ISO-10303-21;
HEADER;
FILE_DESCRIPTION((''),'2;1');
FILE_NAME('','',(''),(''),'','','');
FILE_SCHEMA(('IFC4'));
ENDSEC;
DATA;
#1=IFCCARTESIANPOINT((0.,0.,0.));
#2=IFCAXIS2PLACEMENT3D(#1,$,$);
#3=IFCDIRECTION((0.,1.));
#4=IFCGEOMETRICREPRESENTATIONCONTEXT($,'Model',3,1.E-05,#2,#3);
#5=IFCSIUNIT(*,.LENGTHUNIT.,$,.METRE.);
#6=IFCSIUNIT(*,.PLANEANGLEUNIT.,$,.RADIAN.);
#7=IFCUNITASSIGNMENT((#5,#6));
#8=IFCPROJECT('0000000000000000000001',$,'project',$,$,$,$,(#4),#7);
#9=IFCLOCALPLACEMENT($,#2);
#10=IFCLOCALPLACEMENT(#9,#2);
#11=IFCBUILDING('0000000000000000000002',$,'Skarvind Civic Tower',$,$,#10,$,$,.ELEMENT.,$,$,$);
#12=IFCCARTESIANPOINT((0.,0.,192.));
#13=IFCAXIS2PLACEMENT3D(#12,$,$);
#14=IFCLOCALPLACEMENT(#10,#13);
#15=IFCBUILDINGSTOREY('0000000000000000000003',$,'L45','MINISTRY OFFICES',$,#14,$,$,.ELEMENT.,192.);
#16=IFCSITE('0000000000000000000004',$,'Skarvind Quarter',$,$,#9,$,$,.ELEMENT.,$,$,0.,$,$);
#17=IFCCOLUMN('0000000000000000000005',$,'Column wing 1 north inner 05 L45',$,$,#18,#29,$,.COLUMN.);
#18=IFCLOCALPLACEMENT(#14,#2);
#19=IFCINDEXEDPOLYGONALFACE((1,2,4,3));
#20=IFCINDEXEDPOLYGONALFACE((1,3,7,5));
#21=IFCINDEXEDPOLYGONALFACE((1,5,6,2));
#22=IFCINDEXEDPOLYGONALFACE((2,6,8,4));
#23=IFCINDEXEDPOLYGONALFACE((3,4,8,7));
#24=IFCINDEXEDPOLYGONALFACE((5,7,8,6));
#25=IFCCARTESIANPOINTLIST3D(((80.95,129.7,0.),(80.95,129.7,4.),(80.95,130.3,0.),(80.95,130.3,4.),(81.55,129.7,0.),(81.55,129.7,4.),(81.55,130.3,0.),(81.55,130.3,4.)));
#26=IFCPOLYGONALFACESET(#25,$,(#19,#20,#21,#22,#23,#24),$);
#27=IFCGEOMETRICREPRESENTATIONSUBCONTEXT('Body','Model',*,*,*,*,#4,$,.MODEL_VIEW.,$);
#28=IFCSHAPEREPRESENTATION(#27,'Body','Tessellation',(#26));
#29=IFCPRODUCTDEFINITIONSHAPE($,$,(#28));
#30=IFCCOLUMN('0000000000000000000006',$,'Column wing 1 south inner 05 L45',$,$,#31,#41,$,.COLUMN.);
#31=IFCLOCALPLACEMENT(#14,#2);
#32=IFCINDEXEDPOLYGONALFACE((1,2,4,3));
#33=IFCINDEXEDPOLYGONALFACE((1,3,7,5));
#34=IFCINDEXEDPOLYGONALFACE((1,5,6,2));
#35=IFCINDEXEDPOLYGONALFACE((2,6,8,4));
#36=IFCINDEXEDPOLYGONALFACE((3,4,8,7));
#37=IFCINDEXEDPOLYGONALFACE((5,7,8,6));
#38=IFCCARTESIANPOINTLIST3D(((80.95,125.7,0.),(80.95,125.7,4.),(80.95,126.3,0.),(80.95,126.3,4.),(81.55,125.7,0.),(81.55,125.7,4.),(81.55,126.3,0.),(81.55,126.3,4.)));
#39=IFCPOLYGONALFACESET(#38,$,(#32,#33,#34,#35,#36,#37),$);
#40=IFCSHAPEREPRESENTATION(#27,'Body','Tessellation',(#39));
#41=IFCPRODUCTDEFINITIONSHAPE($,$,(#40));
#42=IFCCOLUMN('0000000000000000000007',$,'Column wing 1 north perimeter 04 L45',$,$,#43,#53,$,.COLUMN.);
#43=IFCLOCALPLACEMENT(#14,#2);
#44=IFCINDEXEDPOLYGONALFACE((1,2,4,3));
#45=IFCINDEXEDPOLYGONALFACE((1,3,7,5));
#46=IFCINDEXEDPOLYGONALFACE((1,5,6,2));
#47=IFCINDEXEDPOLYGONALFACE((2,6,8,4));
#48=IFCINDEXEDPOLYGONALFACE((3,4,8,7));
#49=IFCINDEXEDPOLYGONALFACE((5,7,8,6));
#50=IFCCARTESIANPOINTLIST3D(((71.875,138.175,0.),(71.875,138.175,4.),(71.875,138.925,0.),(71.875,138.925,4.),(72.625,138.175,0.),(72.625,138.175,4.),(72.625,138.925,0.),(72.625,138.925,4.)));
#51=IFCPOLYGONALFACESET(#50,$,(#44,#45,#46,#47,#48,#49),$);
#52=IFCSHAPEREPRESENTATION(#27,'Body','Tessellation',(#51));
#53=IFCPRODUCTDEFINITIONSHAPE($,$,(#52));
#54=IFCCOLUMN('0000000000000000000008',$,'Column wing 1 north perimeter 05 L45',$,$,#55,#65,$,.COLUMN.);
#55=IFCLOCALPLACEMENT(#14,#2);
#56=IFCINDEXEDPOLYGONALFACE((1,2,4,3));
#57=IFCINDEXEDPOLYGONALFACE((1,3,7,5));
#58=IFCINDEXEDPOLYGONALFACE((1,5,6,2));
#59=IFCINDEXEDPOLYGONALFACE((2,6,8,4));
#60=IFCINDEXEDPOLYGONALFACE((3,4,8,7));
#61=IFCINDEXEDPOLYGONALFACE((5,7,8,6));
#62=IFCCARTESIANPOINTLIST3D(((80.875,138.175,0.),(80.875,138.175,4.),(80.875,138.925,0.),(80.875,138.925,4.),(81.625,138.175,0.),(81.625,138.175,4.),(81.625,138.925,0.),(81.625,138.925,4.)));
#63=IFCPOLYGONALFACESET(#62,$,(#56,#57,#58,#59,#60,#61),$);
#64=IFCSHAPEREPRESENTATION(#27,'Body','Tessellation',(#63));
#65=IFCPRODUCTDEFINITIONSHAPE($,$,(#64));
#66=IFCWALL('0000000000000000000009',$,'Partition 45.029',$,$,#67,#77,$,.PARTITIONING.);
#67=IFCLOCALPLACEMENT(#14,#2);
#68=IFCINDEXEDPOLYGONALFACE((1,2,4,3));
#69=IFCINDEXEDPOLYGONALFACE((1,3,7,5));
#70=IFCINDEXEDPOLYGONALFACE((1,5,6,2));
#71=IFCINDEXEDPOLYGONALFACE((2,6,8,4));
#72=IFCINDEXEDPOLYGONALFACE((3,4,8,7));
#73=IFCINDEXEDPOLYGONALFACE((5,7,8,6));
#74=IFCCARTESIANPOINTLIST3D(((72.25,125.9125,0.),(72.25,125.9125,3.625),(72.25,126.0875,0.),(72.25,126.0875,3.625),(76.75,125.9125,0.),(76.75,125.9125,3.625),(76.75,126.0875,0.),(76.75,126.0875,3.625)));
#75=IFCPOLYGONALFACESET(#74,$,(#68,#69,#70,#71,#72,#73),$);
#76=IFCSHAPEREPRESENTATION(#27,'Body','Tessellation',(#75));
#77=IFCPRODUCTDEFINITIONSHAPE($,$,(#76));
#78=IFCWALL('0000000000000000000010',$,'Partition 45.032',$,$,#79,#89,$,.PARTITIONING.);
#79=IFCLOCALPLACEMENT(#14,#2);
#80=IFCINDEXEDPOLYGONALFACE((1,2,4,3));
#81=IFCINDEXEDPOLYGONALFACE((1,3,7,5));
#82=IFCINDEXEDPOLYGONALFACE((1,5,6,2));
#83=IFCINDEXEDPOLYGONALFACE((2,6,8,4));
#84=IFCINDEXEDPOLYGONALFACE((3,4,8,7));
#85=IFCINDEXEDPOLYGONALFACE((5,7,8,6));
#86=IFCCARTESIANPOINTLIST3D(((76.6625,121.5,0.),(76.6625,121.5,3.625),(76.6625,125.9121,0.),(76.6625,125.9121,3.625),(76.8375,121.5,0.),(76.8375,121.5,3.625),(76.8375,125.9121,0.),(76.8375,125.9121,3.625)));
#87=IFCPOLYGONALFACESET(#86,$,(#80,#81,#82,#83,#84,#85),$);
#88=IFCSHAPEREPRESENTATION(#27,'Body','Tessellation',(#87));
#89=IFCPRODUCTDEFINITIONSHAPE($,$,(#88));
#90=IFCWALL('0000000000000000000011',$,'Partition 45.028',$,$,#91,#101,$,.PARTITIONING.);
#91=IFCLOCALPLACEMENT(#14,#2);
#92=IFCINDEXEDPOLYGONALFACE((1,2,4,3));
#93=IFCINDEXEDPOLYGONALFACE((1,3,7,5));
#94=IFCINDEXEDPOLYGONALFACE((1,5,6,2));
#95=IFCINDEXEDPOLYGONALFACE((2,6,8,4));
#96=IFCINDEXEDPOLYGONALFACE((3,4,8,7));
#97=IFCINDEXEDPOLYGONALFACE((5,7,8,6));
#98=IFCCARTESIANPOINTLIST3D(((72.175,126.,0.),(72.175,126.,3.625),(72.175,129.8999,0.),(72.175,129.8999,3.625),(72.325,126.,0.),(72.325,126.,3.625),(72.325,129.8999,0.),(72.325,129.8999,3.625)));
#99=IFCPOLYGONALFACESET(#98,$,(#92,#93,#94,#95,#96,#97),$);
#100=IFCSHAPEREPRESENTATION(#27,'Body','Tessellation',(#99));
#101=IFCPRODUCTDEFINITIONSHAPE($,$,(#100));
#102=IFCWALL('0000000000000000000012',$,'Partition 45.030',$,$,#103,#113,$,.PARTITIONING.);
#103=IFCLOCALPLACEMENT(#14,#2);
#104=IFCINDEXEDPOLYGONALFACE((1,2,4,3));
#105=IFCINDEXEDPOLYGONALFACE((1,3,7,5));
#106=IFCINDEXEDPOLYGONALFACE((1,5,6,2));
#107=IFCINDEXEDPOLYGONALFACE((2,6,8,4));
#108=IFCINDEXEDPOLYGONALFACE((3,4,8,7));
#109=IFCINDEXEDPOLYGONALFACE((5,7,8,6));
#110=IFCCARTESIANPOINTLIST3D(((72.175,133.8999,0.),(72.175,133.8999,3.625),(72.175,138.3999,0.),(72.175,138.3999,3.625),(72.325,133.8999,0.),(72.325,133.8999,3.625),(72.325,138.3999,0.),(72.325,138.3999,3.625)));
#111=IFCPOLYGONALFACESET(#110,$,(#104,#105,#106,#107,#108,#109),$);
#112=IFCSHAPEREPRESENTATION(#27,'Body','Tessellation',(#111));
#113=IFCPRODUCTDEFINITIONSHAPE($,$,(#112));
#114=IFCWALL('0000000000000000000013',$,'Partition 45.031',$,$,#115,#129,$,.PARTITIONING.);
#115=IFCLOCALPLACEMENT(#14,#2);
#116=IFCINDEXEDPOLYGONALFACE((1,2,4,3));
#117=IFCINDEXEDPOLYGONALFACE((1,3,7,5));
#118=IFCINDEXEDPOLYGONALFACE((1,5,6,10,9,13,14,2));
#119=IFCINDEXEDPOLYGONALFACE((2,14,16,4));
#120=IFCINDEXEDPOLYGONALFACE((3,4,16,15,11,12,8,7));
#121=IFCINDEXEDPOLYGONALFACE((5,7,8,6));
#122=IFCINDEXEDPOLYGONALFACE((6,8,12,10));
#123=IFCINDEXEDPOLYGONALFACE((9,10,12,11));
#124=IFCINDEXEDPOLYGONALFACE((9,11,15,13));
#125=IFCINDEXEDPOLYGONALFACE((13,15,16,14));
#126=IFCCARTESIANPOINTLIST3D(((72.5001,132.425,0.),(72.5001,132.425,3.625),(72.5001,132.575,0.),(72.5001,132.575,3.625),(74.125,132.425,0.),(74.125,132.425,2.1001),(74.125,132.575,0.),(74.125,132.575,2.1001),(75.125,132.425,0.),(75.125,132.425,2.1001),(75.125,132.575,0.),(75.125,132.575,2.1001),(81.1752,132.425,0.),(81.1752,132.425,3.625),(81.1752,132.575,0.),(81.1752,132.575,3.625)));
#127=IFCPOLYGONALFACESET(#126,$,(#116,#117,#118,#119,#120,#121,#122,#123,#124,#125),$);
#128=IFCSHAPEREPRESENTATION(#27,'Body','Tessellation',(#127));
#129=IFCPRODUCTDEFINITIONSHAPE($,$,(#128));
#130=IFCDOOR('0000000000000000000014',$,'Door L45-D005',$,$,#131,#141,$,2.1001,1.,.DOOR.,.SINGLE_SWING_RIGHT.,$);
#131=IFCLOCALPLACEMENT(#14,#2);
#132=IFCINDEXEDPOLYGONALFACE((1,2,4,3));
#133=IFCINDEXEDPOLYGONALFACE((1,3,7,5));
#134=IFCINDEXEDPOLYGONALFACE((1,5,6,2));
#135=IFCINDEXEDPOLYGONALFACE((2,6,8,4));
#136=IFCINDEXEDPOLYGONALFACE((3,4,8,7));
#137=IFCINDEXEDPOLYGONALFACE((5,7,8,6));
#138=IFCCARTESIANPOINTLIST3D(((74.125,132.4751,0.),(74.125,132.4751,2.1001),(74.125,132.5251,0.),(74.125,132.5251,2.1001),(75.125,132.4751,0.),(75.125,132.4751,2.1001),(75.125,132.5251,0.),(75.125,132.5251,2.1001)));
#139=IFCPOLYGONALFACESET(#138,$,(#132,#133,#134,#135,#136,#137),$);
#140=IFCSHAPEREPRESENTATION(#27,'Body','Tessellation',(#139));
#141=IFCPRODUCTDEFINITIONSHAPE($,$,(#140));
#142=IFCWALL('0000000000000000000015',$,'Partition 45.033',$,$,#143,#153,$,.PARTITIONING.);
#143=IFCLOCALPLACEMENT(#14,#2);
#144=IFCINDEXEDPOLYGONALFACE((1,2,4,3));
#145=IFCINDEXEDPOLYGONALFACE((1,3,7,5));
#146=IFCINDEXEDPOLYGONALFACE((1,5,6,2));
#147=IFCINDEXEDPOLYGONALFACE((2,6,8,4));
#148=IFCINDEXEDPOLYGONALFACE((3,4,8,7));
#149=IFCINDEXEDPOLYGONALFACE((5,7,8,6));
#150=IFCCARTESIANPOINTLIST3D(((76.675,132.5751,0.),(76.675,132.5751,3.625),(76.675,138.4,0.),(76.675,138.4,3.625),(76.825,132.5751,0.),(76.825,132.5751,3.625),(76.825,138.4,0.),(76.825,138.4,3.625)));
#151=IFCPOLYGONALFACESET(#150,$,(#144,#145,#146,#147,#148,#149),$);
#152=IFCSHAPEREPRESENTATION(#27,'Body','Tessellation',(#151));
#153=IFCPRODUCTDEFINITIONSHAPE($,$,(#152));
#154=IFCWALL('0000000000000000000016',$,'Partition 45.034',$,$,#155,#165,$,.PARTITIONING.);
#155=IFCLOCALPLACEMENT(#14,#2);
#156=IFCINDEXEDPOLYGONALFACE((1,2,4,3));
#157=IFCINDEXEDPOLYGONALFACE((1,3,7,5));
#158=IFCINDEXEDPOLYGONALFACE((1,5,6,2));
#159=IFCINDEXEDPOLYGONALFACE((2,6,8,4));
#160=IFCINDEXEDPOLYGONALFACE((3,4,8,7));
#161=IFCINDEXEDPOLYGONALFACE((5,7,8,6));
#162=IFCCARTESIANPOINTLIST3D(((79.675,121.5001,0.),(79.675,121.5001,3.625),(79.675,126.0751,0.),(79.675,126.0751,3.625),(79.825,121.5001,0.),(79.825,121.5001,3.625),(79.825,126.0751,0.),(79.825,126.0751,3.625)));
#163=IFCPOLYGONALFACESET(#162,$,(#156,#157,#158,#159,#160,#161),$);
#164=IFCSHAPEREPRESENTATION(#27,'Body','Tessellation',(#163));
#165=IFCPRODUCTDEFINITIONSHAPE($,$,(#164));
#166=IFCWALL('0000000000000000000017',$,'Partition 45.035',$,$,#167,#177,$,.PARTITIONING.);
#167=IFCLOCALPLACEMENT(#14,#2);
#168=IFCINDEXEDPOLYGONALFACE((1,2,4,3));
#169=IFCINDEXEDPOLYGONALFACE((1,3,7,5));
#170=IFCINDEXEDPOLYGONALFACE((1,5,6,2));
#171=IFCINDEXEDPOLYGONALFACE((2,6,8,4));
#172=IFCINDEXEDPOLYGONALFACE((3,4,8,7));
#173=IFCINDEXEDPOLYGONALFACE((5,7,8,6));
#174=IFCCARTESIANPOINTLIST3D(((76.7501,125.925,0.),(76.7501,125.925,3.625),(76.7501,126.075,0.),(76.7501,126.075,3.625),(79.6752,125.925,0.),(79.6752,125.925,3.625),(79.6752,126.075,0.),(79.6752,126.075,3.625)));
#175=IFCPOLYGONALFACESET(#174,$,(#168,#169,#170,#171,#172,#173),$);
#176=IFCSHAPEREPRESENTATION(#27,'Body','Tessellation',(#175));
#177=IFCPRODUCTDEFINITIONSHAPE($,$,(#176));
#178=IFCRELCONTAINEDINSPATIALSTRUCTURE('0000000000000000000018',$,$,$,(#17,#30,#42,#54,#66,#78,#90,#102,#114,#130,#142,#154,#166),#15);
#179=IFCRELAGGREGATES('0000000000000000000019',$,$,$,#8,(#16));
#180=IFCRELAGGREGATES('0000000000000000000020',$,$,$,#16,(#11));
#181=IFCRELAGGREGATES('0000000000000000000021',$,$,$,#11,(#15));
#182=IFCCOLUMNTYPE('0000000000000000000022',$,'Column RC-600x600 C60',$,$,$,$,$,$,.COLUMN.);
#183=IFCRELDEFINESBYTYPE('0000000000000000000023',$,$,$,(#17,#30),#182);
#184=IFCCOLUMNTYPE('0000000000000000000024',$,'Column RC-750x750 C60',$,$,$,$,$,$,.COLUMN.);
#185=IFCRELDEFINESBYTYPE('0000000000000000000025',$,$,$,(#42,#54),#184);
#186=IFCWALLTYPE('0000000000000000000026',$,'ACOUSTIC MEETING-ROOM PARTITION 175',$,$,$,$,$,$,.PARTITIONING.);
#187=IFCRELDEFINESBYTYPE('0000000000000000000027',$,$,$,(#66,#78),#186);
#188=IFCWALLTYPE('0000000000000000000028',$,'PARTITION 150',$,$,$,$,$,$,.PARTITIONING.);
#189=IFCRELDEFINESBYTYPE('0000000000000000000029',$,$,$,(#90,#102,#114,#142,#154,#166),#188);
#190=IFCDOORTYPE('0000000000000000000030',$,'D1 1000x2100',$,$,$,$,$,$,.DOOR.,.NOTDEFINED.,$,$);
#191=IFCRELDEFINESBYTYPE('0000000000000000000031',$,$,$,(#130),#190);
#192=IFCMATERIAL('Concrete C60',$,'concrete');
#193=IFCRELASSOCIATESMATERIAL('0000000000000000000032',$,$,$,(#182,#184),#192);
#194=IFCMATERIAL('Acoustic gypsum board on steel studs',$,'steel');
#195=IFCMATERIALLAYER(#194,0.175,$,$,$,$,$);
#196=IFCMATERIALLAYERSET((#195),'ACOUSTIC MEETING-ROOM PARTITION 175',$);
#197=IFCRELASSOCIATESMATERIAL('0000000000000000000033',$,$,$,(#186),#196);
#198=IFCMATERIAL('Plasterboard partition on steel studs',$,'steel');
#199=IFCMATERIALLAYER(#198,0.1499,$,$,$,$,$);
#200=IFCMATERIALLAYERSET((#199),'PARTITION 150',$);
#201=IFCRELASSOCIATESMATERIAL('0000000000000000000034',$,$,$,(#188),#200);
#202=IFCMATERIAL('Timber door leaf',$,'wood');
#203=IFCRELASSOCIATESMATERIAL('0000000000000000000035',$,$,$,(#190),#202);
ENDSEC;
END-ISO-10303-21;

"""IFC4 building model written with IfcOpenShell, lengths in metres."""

from ifc_helpers import new_model, si_unit, direction, frame, frame_2d, origin, origin_2d, place, context, subcontext, project, spatial, rectangle, extrude, material, layer, layer_set, material_profile, profile_set, type_object, element, fill, save


model = new_model("IFC4")

# Units and contexts
model_context = context("Model", 3, precision=1e-05, world=origin(), true_north=direction((0.0, 1.0)))
body_context = subcontext(model_context, "Body", "Model", "MODEL_VIEW")
ifc_project = project(units=[si_unit("LENGTHUNIT", "METRE"), si_unit("PLANEANGLEUNIT", "RADIAN")], contexts=[model_context])

# Site, building, storey
site_placement = place(None, origin())
site = spatial("IfcSite", under=ifc_project, at=site_placement, Name="Skarvind Quarter", CompositionType="ELEMENT", RefElevation=0.0)
building_placement = place(site_placement, origin())
building = spatial("IfcBuilding", under=site, at=building_placement, Name="Skarvind Civic Tower", CompositionType="ELEMENT")
storey_placement = place(building_placement, frame((0.0, 0.0, 192.0)))
storey = spatial("IfcBuildingStorey", under=building, at=storey_placement, Name="L45", Description="MINISTRY OFFICES", CompositionType="ELEMENT", Elevation=192.0)

# Columns
ifc_material_1 = material(Name="Concrete C60", Category="concrete")
ifc_material_profile_1 = material_profile(ifc_material_1, rectangle(XDim=0.6001, YDim=0.6001, at=origin_2d()), Name="RC-600x600")
ifc_profile_set_1 = profile_set([ifc_material_profile_1], Name="Concrete C60")
column_type_1 = type_object("IfcColumnType", Name="Column RC-600x600 C60", PredefinedType="COLUMN", material=ifc_profile_set_1)
for number, where, z_axis, x_axis, name in (
    (1, (81.25, 130.0, 0.0), (0.0, 0.0, 1.0), (1.0, 0.0, 0.0), "Column wing 1 north inner 05 L45"),
    (2, (81.25, 126.0, 0.0), (0.0, 0.0, 1.0), (1.0, 0.0, 0.0), "Column wing 1 south inner 05 L45"),
):
    element("IfcColumn", number, at=place(storey_placement, frame(where, z_axis=z_axis, x_axis=x_axis)), inside=storey, type_object=column_type_1, Name=name, PredefinedType="COLUMN", context=body_context, shape_type="SweptSolid", body=[
        extrude(rectangle(XDim=0.6001, YDim=0.6001, at=origin_2d()), origin(), (0.0, 0.0, 1.0), 4.0),
    ])
ifc_material_profile_2 = material_profile(ifc_material_1, rectangle(XDim=0.75, YDim=0.75, at=origin_2d()), Name="RC-750x750")
ifc_profile_set_2 = profile_set([ifc_material_profile_2], Name="Concrete C60")
column_type_2 = type_object("IfcColumnType", Name="Column RC-750x750 C60", PredefinedType="COLUMN", material=ifc_profile_set_2)
for number, where, z_axis, x_axis, name in (
    (3, (72.25, 138.55, 0.0), (0.0, 0.0, 1.0), (1.0, 0.0, 0.0), "Column wing 1 north perimeter 04 L45"),
    (4, (81.25, 138.55, 0.0), (0.0, 0.0, 1.0), (1.0, 0.0, 0.0), "Column wing 1 north perimeter 05 L45"),
):
    element("IfcColumn", number, at=place(storey_placement, frame(where, z_axis=z_axis, x_axis=x_axis)), inside=storey, type_object=column_type_2, Name=name, PredefinedType="COLUMN", context=body_context, shape_type="SweptSolid", body=[
        extrude(rectangle(XDim=0.75, YDim=0.75, at=origin_2d()), origin(), (0.0, 0.0, 1.0), 4.0),
    ])

# Walls
ifc_material_2 = material(Name="Acoustic gypsum board on steel studs", Category="steel")
ifc_layer_1 = layer(ifc_material_2, 0.175)
ifc_layer_set_1 = layer_set([ifc_layer_1], Name="ACOUSTIC MEETING-ROOM PARTITION 175")
wall_type_1 = type_object("IfcWallType", Name="ACOUSTIC MEETING-ROOM PARTITION 175", PredefinedType="PARTITIONING", material=ifc_layer_set_1)
wall_1_placement = place(storey_placement, frame((72.25, 126.0, 0.0), z_axis=(0.0, 0.0, 1.0), x_axis=(1.0, 0.0, 0.0)))
element("IfcWall", 5, at=wall_1_placement, inside=storey, type_object=wall_type_1, Name="Partition 45.029", PredefinedType="PARTITIONING", context=body_context, shape_type="SweptSolid", body=[
    extrude(rectangle(XDim=4.5, YDim=0.175, at=frame_2d((2.25, 0.0))), origin(), (0.0, 0.0, 1.0), 3.625),
])
wall_2_placement = place(storey_placement, frame((76.75, 125.9121, 0.0), z_axis=(0.0, 0.0, 1.0), x_axis=(0.0, -1.0, 0.0)))
element("IfcWall", 6, at=wall_2_placement, inside=storey, type_object=wall_type_1, Name="Partition 45.032", PredefinedType="PARTITIONING", context=body_context, shape_type="SweptSolid", body=[
    extrude(rectangle(XDim=4.4121, YDim=0.175, at=frame_2d((2.2061, 0.0))), origin(), (0.0, 0.0, 1.0), 3.625),
])
ifc_material_3 = material(Name="Plasterboard partition on steel studs", Category="steel")
ifc_layer_2 = layer(ifc_material_3, 0.1499)
ifc_layer_set_2 = layer_set([ifc_layer_2], Name="PARTITION 150")
wall_type_2 = type_object("IfcWallType", Name="PARTITION 150", PredefinedType="PARTITIONING", material=ifc_layer_set_2)
wall_3_placement = place(storey_placement, frame((72.25, 126.0, 0.0), z_axis=(0.0, 0.0, 1.0), x_axis=(0.0, 1.0, 0.0)))
element("IfcWall", 7, at=wall_3_placement, inside=storey, type_object=wall_type_2, Name="Partition 45.028", PredefinedType="PARTITIONING", context=body_context, shape_type="SweptSolid", body=[
    extrude(rectangle(XDim=3.8999, YDim=0.1499, at=frame_2d((1.95, 0.0))), origin(), (0.0, 0.0, 1.0), 3.625),
])
wall_4_placement = place(storey_placement, frame((72.25, 133.8999, 0.0), z_axis=(0.0, 0.0, 1.0), x_axis=(0.0, 1.0, 0.0)))
element("IfcWall", 8, at=wall_4_placement, inside=storey, type_object=wall_type_2, Name="Partition 45.030", PredefinedType="PARTITIONING", context=body_context, shape_type="SweptSolid", body=[
    extrude(rectangle(XDim=4.5, YDim=0.1499, at=frame_2d((2.25, 0.0))), origin(), (0.0, 0.0, 1.0), 3.625),
])

# Wall, opening, door
wall_5_placement = place(storey_placement, frame((81.175, 132.5, 0.0), z_axis=(0.0, 0.0, 1.0), x_axis=(-1.0, 0.0, 0.0)))
wall_5 = element("IfcWall", 9, at=wall_5_placement, inside=storey, type_object=wall_type_2, Name="Partition 45.031", PredefinedType="PARTITIONING", context=body_context, shape_type="SweptSolid", body=[
    extrude(rectangle(XDim=8.675, YDim=0.1499, at=frame_2d((4.3374, 0.0))), origin(), (0.0, 0.0, 1.0), 3.625),
])
opening_1_placement = place(wall_5_placement, frame((6.05, 0.0, 0.0)))
opening_1 = element("IfcOpeningElement", 10, at=opening_1_placement, cuts=wall_5, PredefinedType="OPENING", context=body_context, shape_type="SweptSolid", body=[
    extrude(rectangle(XDim=1.0, YDim=2.1001, at=frame_2d((0.5, 1.05))), frame((0.0, 0.085, 0.0), z_axis=(0.0, -1.0, 0.0), x_axis=(1.0, 0.0, 0.0)), (0.0, 0.0, 1.0), 0.1699),
])
ifc_material_4 = material(Name="Timber door leaf", Category="wood")
door_type = type_object("IfcDoorType", Name="D1 1000x2100", OperationType="NOTDEFINED", PredefinedType="DOOR", material=ifc_material_4)
door_1_placement = place(opening_1_placement, origin())
door_1 = element("IfcDoor", 11, at=door_1_placement, inside=storey, type_object=door_type, Name="Door L45-D005", OperationType="SINGLE_SWING_RIGHT", OverallHeight=2.1001, OverallWidth=1.0, PredefinedType="DOOR", context=body_context, shape_type="SweptSolid", body=[
    extrude(rectangle(XDim=1.0, YDim=2.1001, at=frame_2d((0.5, 1.05))), frame((0.0, 0.0249, 0.0), z_axis=(0.0, -1.0, 0.0), x_axis=(1.0, 0.0, 0.0)), (0.0, 0.0, 1.0), 0.05),
])
fill(opening_1, door_1)

# Walls
wall_6_placement = place(storey_placement, frame((76.75, 132.575, 0.0), z_axis=(0.0, 0.0, 1.0), x_axis=(0.0, 1.0, 0.0)))
element("IfcWall", 12, at=wall_6_placement, inside=storey, type_object=wall_type_2, Name="Partition 45.033", PredefinedType="PARTITIONING", context=body_context, shape_type="SweptSolid", body=[
    extrude(rectangle(XDim=5.825, YDim=0.1499, at=frame_2d((2.9126, 0.0))), origin(), (0.0, 0.0, 1.0), 3.625),
])
wall_7_placement = place(storey_placement, frame((79.75, 121.5, 0.0), z_axis=(0.0, 0.0, 1.0), x_axis=(0.0, 1.0, 0.0)))
element("IfcWall", 13, at=wall_7_placement, inside=storey, type_object=wall_type_2, Name="Partition 45.034", PredefinedType="PARTITIONING", context=body_context, shape_type="SweptSolid", body=[
    extrude(rectangle(XDim=4.575, YDim=0.1499, at=frame_2d((2.2876, 0.0))), origin(), (0.0, 0.0, 1.0), 3.625),
])
wall_8_placement = place(storey_placement, frame((79.675, 126.0, 0.0), z_axis=(0.0, 0.0, 1.0), x_axis=(-1.0, 0.0, 0.0)))
element("IfcWall", 14, at=wall_8_placement, inside=storey, type_object=wall_type_2, Name="Partition 45.035", PredefinedType="PARTITIONING", context=body_context, shape_type="SweptSolid", body=[
    extrude(rectangle(XDim=2.925, YDim=0.1499, at=frame_2d((1.4624, 0.0))), origin(), (0.0, 0.0, 1.0), 3.625),
])

save(model, "model.ifc")
